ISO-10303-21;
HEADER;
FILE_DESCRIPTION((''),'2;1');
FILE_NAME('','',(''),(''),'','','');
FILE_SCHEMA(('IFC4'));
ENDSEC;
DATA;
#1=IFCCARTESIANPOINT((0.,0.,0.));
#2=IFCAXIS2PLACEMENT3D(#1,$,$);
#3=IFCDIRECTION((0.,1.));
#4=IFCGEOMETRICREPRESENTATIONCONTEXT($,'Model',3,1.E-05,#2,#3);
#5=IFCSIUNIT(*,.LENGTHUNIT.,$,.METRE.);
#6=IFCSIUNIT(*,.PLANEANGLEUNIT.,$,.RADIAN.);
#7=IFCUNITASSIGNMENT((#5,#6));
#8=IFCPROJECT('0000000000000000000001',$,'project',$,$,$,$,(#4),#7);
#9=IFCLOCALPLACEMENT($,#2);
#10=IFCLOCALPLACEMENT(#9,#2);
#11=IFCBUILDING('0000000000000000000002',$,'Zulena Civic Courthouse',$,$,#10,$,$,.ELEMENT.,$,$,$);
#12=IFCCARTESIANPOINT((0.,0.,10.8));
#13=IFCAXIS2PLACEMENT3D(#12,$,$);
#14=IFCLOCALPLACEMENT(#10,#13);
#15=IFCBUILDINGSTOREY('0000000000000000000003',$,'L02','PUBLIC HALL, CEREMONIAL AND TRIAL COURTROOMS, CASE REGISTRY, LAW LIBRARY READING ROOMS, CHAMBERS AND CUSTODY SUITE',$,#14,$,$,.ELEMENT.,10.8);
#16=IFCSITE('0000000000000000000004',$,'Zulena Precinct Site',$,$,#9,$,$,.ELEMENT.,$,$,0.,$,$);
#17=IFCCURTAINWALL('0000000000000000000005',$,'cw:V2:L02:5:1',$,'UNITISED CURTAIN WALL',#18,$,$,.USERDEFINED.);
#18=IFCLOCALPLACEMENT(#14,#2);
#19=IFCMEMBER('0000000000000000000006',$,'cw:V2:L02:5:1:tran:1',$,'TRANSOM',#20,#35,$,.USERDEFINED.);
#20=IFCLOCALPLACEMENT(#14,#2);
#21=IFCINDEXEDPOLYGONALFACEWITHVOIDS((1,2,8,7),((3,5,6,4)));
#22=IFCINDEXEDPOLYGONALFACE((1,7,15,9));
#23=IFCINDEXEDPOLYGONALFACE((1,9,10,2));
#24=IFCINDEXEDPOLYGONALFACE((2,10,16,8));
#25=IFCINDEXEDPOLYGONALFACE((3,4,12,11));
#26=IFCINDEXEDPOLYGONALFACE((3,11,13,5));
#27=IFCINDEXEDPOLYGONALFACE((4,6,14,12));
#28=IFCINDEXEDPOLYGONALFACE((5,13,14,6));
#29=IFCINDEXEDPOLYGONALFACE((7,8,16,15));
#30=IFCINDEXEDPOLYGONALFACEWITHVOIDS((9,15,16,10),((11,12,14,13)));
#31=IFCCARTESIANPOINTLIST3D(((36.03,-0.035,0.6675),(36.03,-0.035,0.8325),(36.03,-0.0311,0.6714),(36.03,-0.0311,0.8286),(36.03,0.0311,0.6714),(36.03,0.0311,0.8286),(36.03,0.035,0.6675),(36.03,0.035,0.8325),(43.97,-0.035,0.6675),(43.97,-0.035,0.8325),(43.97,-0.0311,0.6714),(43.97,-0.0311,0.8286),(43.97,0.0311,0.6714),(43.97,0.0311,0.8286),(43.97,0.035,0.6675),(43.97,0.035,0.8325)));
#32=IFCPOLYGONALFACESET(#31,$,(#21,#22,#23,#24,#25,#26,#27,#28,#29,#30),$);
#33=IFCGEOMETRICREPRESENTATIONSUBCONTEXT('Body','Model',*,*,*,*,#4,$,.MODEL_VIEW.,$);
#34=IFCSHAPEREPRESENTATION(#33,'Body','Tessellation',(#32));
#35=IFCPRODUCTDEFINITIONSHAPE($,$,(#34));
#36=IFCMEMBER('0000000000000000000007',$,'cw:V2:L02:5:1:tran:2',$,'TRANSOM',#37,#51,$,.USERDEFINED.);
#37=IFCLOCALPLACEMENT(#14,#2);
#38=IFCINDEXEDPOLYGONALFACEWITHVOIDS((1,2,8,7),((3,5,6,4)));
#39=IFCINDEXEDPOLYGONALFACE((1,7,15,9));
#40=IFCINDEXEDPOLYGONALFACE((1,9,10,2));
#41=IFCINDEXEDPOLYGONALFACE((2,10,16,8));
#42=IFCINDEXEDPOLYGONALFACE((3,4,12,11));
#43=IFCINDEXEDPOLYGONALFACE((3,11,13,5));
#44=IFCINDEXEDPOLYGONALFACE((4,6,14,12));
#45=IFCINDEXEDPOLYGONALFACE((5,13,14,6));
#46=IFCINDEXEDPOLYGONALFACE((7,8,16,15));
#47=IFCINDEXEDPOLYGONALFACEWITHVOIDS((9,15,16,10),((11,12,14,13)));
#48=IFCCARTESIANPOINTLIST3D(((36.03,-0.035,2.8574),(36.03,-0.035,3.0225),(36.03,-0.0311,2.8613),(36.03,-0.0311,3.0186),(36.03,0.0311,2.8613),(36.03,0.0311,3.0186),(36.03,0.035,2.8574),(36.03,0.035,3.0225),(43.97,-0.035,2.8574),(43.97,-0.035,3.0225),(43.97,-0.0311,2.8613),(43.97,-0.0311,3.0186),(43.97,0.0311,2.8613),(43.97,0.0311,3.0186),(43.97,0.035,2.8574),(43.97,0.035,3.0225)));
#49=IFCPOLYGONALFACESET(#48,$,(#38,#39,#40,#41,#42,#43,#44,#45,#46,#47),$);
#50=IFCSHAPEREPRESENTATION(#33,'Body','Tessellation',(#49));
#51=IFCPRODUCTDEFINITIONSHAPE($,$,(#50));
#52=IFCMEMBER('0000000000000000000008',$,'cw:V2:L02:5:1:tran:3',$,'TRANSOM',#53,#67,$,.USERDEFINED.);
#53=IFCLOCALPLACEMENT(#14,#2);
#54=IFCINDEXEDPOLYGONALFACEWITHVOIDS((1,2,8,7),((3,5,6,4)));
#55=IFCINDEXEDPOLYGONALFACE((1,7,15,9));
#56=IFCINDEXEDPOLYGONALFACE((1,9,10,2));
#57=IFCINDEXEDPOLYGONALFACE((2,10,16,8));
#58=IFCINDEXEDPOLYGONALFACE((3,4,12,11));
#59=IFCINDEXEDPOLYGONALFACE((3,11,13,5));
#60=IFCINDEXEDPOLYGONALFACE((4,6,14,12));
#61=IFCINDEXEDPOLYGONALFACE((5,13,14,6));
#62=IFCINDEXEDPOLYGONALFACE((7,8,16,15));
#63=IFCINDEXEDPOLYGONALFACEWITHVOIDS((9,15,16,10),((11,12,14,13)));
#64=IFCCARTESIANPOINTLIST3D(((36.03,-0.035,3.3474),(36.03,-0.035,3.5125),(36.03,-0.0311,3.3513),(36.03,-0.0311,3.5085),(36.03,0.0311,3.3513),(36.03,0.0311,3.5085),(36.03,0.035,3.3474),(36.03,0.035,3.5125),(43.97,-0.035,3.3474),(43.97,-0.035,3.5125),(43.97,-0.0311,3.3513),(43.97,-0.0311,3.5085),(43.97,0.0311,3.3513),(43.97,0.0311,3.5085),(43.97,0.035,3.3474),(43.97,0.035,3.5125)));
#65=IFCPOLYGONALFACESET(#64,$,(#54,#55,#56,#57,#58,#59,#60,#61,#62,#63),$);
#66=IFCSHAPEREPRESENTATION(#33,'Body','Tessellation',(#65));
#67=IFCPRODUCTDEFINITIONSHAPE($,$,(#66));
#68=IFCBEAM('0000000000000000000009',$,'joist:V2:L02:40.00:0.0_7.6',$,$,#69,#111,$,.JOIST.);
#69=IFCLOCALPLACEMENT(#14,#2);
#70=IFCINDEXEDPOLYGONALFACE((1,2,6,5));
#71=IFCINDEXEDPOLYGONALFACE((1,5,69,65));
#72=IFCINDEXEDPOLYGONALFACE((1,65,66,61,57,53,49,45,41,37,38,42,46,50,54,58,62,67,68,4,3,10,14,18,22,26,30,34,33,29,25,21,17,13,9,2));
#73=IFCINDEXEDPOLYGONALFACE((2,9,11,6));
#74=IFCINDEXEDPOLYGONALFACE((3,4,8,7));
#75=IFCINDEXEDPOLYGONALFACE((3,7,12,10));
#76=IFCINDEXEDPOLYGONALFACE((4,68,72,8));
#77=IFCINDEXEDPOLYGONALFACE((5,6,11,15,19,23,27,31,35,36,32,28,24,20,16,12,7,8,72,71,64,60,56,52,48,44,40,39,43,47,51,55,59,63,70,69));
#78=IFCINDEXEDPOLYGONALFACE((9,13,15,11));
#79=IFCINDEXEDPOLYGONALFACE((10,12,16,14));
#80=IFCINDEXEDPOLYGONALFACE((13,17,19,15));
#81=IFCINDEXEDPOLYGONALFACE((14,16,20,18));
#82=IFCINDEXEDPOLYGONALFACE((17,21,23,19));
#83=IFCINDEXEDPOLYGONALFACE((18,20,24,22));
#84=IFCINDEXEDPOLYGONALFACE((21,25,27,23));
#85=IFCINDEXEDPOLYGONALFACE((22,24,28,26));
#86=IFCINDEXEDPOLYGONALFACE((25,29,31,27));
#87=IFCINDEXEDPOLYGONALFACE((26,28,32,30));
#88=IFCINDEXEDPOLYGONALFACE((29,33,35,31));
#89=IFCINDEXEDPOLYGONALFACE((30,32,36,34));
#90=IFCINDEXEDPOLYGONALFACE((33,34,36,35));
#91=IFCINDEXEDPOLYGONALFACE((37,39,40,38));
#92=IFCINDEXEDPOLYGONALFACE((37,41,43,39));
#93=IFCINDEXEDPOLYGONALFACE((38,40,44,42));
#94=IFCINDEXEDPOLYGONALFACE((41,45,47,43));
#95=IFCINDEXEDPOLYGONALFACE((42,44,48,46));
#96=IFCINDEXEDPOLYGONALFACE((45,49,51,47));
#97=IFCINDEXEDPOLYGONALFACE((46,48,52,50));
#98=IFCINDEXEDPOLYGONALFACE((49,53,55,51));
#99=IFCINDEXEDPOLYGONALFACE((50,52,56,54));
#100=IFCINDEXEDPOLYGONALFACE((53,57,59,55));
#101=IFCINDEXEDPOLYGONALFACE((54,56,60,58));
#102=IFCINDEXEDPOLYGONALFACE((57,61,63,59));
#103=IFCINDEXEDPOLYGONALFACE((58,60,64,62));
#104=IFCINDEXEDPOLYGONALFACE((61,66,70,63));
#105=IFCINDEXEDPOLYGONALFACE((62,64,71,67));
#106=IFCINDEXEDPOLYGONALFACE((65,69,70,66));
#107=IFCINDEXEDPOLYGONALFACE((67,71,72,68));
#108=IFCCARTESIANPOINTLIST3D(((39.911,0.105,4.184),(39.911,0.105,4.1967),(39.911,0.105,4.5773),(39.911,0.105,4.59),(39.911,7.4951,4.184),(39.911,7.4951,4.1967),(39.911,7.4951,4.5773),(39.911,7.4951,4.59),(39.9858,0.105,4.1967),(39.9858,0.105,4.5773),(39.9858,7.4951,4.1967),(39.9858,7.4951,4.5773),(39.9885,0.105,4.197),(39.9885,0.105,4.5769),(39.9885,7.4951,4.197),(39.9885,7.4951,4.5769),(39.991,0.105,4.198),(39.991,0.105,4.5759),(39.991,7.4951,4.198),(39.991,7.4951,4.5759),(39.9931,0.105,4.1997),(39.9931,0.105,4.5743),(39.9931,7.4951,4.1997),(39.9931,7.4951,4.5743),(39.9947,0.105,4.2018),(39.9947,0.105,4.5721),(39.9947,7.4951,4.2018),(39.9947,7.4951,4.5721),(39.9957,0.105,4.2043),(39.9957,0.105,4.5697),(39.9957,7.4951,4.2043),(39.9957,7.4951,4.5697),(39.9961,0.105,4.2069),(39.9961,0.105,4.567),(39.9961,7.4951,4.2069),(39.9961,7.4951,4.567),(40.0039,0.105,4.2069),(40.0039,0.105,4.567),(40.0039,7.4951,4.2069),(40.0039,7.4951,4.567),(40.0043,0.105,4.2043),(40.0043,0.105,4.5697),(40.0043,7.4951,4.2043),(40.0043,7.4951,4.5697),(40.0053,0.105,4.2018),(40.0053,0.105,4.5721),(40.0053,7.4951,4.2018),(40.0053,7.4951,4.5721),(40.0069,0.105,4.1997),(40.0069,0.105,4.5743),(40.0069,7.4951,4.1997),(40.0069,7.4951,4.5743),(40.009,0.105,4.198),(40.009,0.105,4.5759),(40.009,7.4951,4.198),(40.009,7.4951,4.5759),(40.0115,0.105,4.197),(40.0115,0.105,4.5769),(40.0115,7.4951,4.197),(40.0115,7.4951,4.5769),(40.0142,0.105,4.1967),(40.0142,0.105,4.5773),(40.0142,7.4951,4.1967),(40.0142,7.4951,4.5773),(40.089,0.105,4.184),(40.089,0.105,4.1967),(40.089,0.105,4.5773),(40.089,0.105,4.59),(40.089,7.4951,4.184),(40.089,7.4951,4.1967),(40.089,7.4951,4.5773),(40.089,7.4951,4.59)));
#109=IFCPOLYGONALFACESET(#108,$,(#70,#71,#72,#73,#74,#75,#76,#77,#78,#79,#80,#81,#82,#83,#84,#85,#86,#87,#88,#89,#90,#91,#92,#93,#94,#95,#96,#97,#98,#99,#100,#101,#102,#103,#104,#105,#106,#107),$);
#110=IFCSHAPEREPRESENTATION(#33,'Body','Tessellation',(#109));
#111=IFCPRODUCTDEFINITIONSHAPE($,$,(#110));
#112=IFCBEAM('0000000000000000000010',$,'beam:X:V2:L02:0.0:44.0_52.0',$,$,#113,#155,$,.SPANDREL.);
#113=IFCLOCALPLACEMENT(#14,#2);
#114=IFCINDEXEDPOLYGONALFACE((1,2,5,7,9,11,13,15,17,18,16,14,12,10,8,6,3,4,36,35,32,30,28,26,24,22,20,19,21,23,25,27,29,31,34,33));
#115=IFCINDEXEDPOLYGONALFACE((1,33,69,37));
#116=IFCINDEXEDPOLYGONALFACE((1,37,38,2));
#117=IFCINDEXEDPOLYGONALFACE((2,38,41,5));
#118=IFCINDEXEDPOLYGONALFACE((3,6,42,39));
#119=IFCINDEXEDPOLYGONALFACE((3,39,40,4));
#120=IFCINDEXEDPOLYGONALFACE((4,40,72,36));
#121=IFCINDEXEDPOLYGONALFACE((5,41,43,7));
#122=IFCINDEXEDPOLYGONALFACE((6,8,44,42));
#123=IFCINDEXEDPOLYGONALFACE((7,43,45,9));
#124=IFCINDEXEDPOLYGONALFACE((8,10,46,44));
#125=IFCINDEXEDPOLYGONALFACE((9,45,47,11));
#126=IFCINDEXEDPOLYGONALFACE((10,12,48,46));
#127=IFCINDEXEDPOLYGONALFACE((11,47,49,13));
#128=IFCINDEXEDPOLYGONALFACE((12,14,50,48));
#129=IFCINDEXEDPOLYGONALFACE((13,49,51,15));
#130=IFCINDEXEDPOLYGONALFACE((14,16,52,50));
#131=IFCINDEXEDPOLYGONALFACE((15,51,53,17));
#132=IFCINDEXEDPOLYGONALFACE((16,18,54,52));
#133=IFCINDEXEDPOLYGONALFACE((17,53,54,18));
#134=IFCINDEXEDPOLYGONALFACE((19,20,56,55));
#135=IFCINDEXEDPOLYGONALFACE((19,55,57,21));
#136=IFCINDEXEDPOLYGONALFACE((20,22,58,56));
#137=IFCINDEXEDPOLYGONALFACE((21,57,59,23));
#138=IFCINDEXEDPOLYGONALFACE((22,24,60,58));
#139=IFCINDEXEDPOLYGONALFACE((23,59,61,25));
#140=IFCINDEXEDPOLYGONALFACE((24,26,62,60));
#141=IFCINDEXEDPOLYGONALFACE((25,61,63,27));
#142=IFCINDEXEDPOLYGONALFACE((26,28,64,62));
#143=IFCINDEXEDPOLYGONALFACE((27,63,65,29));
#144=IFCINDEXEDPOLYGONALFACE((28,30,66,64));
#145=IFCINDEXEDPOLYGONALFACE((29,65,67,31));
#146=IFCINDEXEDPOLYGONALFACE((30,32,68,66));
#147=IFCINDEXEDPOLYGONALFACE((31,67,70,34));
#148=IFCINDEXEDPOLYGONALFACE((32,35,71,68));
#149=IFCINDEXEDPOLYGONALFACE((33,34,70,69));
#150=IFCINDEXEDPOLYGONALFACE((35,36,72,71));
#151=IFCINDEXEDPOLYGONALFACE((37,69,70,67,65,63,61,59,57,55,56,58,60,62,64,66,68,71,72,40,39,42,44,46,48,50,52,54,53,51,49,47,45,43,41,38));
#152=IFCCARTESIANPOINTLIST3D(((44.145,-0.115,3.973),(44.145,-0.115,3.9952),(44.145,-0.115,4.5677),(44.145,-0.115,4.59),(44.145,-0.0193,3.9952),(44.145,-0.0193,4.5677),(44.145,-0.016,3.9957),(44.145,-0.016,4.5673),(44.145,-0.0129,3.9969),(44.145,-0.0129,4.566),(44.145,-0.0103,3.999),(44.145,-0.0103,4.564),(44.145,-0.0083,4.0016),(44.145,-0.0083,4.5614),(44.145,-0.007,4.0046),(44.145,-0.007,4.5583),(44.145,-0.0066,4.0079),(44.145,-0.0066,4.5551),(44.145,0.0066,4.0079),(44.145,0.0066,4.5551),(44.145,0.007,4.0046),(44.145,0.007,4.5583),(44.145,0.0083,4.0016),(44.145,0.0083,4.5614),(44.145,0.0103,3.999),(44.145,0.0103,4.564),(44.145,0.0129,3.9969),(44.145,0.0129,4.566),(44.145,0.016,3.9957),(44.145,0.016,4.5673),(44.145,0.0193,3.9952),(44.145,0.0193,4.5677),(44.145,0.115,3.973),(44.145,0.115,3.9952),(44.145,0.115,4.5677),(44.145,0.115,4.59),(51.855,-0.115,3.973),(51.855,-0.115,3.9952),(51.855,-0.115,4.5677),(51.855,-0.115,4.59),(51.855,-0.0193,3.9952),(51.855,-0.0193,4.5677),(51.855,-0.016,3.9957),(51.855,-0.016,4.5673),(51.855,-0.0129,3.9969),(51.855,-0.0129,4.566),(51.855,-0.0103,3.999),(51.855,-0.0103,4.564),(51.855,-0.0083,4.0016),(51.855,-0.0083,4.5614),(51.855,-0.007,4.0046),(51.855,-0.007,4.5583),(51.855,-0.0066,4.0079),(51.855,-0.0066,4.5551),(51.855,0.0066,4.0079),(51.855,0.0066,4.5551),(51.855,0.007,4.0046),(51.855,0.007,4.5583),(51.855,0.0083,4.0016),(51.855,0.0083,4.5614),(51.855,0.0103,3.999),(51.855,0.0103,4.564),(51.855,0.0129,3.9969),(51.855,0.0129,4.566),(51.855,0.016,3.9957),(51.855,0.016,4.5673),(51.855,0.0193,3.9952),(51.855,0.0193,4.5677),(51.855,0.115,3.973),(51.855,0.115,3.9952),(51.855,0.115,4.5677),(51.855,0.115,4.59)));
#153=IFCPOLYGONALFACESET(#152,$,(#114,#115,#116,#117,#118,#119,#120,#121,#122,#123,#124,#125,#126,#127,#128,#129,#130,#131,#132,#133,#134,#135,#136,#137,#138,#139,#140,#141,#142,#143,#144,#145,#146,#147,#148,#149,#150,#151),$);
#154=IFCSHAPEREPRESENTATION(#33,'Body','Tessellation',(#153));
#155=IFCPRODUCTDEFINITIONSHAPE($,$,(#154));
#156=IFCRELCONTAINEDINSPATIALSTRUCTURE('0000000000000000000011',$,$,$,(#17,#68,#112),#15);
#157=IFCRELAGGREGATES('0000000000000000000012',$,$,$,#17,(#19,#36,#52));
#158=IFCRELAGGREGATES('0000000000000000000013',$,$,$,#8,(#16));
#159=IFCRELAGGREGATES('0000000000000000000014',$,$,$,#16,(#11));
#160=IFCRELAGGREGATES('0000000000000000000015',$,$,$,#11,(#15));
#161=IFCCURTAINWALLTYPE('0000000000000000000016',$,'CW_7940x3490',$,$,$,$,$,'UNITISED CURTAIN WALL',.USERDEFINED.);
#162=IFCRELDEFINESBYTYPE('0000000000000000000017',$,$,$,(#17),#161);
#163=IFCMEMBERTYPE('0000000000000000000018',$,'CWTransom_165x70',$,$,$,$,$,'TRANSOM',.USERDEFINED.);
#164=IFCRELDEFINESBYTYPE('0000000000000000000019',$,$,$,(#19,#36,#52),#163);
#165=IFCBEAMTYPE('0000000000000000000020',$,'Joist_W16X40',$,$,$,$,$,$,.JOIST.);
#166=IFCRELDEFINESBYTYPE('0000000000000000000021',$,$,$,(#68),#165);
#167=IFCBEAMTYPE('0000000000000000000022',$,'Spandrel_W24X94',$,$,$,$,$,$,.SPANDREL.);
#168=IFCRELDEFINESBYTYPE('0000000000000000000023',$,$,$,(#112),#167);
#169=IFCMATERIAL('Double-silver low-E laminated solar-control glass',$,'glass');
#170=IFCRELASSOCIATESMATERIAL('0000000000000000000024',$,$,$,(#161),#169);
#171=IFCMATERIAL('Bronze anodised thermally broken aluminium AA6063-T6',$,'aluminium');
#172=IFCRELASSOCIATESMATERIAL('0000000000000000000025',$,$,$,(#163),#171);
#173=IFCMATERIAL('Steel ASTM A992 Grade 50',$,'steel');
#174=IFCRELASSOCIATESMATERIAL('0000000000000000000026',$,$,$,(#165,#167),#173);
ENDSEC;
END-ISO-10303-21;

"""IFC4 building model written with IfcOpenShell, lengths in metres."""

from ifc_helpers import new_model, si_unit, direction, frame, origin, origin_2d, place, context, subcontext, project, spatial, hollow_rectangle, i_section, extrude, material, material_profile, profile_set, type_object, element, aggregate, save


model = new_model("IFC4")

# Units and contexts
model_context = context("Model", 3, precision=1e-05, world=origin(), true_north=direction((0.0, 1.0)))
body_context = subcontext(model_context, "Body", "Model", "MODEL_VIEW")
ifc_project = project(units=[si_unit("LENGTHUNIT", "METRE"), si_unit("PLANEANGLEUNIT", "RADIAN")], contexts=[model_context])

# Site, building, storey
site_placement = place(None, origin())
site = spatial("IfcSite", under=ifc_project, at=site_placement, Name="Zulena Precinct Site", CompositionType="ELEMENT", RefElevation=0.0)
building_placement = place(site_placement, origin())
building = spatial("IfcBuilding", under=site, at=building_placement, Name="Zulena Civic Courthouse", CompositionType="ELEMENT")
storey_placement = place(building_placement, frame((0.0, 0.0, 10.8)))
storey = spatial("IfcBuildingStorey", under=building, at=storey_placement, Name="L02", Description="PUBLIC HALL, CEREMONIAL AND TRIAL COURTROOMS, CASE REGISTRY, LAW LIBRARY READING ROOMS, CHAMBERS AND CUSTODY SUITE", CompositionType="ELEMENT", Elevation=10.8)

# Shared definitions
ifc_material_1 = material(Name="Steel ASTM A992 Grade 50", Category="steel")

# Curtain wall, members
ifc_material_2 = material(Name="Double-silver low-E laminated solar-control glass", Category="glass")
curtain_wall_type = type_object("IfcCurtainWallType", Name="CW_7940x3490", ElementType="UNITISED CURTAIN WALL", PredefinedType="USERDEFINED", material=ifc_material_2)
curtain_wall_placement = place(storey_placement, origin())
curtain_wall = element("IfcCurtainWall", 1, at=curtain_wall_placement, inside=storey, type_object=curtain_wall_type, Name="cw:V2:L02:5:1", ObjectType="UNITISED CURTAIN WALL", PredefinedType="USERDEFINED")
ifc_material_3 = material(Name="Bronze anodised thermally broken aluminium AA6063-T6", Category="aluminium")
ifc_material_profile_1 = material_profile(ifc_material_3, hollow_rectangle(XDim=0.0701, YDim=0.165, WallThickness=0.0039, at=origin_2d()), Name="CWT165X70X4")
ifc_profile_set_1 = profile_set([ifc_material_profile_1], Name="Bronze anodised thermally broken aluminium AA6063-T6")
member_type_1 = type_object("IfcMemberType", Name="CWTransom_165x70", ElementType="TRANSOM", PredefinedType="USERDEFINED", material=ifc_profile_set_1)
member_1_placement = place(storey_placement, frame((43.97, 0.0, 0.75), z_axis=(-1.0, 0.0, 0.0), x_axis=(0.0, -1.0, 0.0)))
member_1 = element("IfcMember", 2, at=member_1_placement, type_object=member_type_1, Name="cw:V2:L02:5:1:tran:1", ObjectType="TRANSOM", PredefinedType="USERDEFINED", context=body_context, shape_type="SweptSolid", body=[
    extrude(hollow_rectangle(XDim=0.0701, YDim=0.165, WallThickness=0.0039, at=origin_2d()), origin(), (0.0, 0.0, 1.0), 7.9399),
])
member_2_placement = place(storey_placement, frame((43.97, 0.0, 2.9399), z_axis=(-1.0, 0.0, 0.0), x_axis=(0.0, -1.0, 0.0)))
member_2 = element("IfcMember", 3, at=member_2_placement, type_object=member_type_1, Name="cw:V2:L02:5:1:tran:2", ObjectType="TRANSOM", PredefinedType="USERDEFINED", context=body_context, shape_type="SweptSolid", body=[
    extrude(hollow_rectangle(XDim=0.0701, YDim=0.165, WallThickness=0.0039, at=origin_2d()), origin(), (0.0, 0.0, 1.0), 7.9399),
])
member_3_placement = place(storey_placement, frame((43.97, 0.0, 3.4299), z_axis=(-1.0, 0.0, 0.0), x_axis=(0.0, -1.0, 0.0)))
member_3 = element("IfcMember", 4, at=member_3_placement, type_object=member_type_1, Name="cw:V2:L02:5:1:tran:3", ObjectType="TRANSOM", PredefinedType="USERDEFINED", context=body_context, shape_type="SweptSolid", body=[
    extrude(hollow_rectangle(XDim=0.0701, YDim=0.165, WallThickness=0.0039, at=origin_2d()), origin(), (0.0, 0.0, 1.0), 7.9399),
])

# Beams
ifc_material_profile_2 = material_profile(ifc_material_1, i_section(OverallWidth=0.178, OverallDepth=0.406, WebThickness=0.0078, FlangeThickness=0.0127, FilletRadius=0.0103, at=origin_2d()), Name="W16X40")
ifc_profile_set_2 = profile_set([ifc_material_profile_2], Name="Steel ASTM A992 Grade 50")
beam_type_1 = type_object("IfcBeamType", Name="Joist_W16X40", PredefinedType="JOIST", material=ifc_profile_set_2)
beam_1_placement = place(storey_placement, frame((40.0, 0.105, 4.387), z_axis=(0.0, 1.0, 0.0), x_axis=(-1.0, 0.0, 0.0)))
element("IfcBeam", 5, at=beam_1_placement, inside=storey, type_object=beam_type_1, Name="joist:V2:L02:40.00:0.0_7.6", PredefinedType="JOIST", context=body_context, shape_type="SweptSolid", body=[
    extrude(i_section(OverallWidth=0.178, OverallDepth=0.406, WebThickness=0.0078, FlangeThickness=0.0127, FilletRadius=0.0103, at=origin_2d()), origin(), (0.0, 0.0, 1.0), 7.3901),
])
ifc_material_profile_3 = material_profile(ifc_material_1, i_section(OverallWidth=0.23, OverallDepth=0.6169, WebThickness=0.0132, FlangeThickness=0.0222, FilletRadius=0.0127, at=origin_2d()), Name="W24X94")
ifc_profile_set_3 = profile_set([ifc_material_profile_3], Name="Steel ASTM A992 Grade 50")
beam_type_2 = type_object("IfcBeamType", Name="Spandrel_W24X94", PredefinedType="SPANDREL", material=ifc_profile_set_3)
beam_2_placement = place(storey_placement, frame((44.145, 0.0, 4.2815), z_axis=(1.0, 0.0, 0.0), x_axis=(0.0, 1.0, 0.0)))
element("IfcBeam", 6, at=beam_2_placement, inside=storey, type_object=beam_type_2, Name="beam:X:V2:L02:0.0:44.0_52.0", PredefinedType="SPANDREL", context=body_context, shape_type="SweptSolid", body=[
    extrude(i_section(OverallWidth=0.23, OverallDepth=0.6169, WebThickness=0.0132, FlangeThickness=0.0222, FilletRadius=0.0127, at=origin_2d()), origin(), (0.0, 0.0, 1.0), 7.71),
])

aggregate(curtain_wall, [member_1, member_2, member_3])

save(model, "model.ifc")
